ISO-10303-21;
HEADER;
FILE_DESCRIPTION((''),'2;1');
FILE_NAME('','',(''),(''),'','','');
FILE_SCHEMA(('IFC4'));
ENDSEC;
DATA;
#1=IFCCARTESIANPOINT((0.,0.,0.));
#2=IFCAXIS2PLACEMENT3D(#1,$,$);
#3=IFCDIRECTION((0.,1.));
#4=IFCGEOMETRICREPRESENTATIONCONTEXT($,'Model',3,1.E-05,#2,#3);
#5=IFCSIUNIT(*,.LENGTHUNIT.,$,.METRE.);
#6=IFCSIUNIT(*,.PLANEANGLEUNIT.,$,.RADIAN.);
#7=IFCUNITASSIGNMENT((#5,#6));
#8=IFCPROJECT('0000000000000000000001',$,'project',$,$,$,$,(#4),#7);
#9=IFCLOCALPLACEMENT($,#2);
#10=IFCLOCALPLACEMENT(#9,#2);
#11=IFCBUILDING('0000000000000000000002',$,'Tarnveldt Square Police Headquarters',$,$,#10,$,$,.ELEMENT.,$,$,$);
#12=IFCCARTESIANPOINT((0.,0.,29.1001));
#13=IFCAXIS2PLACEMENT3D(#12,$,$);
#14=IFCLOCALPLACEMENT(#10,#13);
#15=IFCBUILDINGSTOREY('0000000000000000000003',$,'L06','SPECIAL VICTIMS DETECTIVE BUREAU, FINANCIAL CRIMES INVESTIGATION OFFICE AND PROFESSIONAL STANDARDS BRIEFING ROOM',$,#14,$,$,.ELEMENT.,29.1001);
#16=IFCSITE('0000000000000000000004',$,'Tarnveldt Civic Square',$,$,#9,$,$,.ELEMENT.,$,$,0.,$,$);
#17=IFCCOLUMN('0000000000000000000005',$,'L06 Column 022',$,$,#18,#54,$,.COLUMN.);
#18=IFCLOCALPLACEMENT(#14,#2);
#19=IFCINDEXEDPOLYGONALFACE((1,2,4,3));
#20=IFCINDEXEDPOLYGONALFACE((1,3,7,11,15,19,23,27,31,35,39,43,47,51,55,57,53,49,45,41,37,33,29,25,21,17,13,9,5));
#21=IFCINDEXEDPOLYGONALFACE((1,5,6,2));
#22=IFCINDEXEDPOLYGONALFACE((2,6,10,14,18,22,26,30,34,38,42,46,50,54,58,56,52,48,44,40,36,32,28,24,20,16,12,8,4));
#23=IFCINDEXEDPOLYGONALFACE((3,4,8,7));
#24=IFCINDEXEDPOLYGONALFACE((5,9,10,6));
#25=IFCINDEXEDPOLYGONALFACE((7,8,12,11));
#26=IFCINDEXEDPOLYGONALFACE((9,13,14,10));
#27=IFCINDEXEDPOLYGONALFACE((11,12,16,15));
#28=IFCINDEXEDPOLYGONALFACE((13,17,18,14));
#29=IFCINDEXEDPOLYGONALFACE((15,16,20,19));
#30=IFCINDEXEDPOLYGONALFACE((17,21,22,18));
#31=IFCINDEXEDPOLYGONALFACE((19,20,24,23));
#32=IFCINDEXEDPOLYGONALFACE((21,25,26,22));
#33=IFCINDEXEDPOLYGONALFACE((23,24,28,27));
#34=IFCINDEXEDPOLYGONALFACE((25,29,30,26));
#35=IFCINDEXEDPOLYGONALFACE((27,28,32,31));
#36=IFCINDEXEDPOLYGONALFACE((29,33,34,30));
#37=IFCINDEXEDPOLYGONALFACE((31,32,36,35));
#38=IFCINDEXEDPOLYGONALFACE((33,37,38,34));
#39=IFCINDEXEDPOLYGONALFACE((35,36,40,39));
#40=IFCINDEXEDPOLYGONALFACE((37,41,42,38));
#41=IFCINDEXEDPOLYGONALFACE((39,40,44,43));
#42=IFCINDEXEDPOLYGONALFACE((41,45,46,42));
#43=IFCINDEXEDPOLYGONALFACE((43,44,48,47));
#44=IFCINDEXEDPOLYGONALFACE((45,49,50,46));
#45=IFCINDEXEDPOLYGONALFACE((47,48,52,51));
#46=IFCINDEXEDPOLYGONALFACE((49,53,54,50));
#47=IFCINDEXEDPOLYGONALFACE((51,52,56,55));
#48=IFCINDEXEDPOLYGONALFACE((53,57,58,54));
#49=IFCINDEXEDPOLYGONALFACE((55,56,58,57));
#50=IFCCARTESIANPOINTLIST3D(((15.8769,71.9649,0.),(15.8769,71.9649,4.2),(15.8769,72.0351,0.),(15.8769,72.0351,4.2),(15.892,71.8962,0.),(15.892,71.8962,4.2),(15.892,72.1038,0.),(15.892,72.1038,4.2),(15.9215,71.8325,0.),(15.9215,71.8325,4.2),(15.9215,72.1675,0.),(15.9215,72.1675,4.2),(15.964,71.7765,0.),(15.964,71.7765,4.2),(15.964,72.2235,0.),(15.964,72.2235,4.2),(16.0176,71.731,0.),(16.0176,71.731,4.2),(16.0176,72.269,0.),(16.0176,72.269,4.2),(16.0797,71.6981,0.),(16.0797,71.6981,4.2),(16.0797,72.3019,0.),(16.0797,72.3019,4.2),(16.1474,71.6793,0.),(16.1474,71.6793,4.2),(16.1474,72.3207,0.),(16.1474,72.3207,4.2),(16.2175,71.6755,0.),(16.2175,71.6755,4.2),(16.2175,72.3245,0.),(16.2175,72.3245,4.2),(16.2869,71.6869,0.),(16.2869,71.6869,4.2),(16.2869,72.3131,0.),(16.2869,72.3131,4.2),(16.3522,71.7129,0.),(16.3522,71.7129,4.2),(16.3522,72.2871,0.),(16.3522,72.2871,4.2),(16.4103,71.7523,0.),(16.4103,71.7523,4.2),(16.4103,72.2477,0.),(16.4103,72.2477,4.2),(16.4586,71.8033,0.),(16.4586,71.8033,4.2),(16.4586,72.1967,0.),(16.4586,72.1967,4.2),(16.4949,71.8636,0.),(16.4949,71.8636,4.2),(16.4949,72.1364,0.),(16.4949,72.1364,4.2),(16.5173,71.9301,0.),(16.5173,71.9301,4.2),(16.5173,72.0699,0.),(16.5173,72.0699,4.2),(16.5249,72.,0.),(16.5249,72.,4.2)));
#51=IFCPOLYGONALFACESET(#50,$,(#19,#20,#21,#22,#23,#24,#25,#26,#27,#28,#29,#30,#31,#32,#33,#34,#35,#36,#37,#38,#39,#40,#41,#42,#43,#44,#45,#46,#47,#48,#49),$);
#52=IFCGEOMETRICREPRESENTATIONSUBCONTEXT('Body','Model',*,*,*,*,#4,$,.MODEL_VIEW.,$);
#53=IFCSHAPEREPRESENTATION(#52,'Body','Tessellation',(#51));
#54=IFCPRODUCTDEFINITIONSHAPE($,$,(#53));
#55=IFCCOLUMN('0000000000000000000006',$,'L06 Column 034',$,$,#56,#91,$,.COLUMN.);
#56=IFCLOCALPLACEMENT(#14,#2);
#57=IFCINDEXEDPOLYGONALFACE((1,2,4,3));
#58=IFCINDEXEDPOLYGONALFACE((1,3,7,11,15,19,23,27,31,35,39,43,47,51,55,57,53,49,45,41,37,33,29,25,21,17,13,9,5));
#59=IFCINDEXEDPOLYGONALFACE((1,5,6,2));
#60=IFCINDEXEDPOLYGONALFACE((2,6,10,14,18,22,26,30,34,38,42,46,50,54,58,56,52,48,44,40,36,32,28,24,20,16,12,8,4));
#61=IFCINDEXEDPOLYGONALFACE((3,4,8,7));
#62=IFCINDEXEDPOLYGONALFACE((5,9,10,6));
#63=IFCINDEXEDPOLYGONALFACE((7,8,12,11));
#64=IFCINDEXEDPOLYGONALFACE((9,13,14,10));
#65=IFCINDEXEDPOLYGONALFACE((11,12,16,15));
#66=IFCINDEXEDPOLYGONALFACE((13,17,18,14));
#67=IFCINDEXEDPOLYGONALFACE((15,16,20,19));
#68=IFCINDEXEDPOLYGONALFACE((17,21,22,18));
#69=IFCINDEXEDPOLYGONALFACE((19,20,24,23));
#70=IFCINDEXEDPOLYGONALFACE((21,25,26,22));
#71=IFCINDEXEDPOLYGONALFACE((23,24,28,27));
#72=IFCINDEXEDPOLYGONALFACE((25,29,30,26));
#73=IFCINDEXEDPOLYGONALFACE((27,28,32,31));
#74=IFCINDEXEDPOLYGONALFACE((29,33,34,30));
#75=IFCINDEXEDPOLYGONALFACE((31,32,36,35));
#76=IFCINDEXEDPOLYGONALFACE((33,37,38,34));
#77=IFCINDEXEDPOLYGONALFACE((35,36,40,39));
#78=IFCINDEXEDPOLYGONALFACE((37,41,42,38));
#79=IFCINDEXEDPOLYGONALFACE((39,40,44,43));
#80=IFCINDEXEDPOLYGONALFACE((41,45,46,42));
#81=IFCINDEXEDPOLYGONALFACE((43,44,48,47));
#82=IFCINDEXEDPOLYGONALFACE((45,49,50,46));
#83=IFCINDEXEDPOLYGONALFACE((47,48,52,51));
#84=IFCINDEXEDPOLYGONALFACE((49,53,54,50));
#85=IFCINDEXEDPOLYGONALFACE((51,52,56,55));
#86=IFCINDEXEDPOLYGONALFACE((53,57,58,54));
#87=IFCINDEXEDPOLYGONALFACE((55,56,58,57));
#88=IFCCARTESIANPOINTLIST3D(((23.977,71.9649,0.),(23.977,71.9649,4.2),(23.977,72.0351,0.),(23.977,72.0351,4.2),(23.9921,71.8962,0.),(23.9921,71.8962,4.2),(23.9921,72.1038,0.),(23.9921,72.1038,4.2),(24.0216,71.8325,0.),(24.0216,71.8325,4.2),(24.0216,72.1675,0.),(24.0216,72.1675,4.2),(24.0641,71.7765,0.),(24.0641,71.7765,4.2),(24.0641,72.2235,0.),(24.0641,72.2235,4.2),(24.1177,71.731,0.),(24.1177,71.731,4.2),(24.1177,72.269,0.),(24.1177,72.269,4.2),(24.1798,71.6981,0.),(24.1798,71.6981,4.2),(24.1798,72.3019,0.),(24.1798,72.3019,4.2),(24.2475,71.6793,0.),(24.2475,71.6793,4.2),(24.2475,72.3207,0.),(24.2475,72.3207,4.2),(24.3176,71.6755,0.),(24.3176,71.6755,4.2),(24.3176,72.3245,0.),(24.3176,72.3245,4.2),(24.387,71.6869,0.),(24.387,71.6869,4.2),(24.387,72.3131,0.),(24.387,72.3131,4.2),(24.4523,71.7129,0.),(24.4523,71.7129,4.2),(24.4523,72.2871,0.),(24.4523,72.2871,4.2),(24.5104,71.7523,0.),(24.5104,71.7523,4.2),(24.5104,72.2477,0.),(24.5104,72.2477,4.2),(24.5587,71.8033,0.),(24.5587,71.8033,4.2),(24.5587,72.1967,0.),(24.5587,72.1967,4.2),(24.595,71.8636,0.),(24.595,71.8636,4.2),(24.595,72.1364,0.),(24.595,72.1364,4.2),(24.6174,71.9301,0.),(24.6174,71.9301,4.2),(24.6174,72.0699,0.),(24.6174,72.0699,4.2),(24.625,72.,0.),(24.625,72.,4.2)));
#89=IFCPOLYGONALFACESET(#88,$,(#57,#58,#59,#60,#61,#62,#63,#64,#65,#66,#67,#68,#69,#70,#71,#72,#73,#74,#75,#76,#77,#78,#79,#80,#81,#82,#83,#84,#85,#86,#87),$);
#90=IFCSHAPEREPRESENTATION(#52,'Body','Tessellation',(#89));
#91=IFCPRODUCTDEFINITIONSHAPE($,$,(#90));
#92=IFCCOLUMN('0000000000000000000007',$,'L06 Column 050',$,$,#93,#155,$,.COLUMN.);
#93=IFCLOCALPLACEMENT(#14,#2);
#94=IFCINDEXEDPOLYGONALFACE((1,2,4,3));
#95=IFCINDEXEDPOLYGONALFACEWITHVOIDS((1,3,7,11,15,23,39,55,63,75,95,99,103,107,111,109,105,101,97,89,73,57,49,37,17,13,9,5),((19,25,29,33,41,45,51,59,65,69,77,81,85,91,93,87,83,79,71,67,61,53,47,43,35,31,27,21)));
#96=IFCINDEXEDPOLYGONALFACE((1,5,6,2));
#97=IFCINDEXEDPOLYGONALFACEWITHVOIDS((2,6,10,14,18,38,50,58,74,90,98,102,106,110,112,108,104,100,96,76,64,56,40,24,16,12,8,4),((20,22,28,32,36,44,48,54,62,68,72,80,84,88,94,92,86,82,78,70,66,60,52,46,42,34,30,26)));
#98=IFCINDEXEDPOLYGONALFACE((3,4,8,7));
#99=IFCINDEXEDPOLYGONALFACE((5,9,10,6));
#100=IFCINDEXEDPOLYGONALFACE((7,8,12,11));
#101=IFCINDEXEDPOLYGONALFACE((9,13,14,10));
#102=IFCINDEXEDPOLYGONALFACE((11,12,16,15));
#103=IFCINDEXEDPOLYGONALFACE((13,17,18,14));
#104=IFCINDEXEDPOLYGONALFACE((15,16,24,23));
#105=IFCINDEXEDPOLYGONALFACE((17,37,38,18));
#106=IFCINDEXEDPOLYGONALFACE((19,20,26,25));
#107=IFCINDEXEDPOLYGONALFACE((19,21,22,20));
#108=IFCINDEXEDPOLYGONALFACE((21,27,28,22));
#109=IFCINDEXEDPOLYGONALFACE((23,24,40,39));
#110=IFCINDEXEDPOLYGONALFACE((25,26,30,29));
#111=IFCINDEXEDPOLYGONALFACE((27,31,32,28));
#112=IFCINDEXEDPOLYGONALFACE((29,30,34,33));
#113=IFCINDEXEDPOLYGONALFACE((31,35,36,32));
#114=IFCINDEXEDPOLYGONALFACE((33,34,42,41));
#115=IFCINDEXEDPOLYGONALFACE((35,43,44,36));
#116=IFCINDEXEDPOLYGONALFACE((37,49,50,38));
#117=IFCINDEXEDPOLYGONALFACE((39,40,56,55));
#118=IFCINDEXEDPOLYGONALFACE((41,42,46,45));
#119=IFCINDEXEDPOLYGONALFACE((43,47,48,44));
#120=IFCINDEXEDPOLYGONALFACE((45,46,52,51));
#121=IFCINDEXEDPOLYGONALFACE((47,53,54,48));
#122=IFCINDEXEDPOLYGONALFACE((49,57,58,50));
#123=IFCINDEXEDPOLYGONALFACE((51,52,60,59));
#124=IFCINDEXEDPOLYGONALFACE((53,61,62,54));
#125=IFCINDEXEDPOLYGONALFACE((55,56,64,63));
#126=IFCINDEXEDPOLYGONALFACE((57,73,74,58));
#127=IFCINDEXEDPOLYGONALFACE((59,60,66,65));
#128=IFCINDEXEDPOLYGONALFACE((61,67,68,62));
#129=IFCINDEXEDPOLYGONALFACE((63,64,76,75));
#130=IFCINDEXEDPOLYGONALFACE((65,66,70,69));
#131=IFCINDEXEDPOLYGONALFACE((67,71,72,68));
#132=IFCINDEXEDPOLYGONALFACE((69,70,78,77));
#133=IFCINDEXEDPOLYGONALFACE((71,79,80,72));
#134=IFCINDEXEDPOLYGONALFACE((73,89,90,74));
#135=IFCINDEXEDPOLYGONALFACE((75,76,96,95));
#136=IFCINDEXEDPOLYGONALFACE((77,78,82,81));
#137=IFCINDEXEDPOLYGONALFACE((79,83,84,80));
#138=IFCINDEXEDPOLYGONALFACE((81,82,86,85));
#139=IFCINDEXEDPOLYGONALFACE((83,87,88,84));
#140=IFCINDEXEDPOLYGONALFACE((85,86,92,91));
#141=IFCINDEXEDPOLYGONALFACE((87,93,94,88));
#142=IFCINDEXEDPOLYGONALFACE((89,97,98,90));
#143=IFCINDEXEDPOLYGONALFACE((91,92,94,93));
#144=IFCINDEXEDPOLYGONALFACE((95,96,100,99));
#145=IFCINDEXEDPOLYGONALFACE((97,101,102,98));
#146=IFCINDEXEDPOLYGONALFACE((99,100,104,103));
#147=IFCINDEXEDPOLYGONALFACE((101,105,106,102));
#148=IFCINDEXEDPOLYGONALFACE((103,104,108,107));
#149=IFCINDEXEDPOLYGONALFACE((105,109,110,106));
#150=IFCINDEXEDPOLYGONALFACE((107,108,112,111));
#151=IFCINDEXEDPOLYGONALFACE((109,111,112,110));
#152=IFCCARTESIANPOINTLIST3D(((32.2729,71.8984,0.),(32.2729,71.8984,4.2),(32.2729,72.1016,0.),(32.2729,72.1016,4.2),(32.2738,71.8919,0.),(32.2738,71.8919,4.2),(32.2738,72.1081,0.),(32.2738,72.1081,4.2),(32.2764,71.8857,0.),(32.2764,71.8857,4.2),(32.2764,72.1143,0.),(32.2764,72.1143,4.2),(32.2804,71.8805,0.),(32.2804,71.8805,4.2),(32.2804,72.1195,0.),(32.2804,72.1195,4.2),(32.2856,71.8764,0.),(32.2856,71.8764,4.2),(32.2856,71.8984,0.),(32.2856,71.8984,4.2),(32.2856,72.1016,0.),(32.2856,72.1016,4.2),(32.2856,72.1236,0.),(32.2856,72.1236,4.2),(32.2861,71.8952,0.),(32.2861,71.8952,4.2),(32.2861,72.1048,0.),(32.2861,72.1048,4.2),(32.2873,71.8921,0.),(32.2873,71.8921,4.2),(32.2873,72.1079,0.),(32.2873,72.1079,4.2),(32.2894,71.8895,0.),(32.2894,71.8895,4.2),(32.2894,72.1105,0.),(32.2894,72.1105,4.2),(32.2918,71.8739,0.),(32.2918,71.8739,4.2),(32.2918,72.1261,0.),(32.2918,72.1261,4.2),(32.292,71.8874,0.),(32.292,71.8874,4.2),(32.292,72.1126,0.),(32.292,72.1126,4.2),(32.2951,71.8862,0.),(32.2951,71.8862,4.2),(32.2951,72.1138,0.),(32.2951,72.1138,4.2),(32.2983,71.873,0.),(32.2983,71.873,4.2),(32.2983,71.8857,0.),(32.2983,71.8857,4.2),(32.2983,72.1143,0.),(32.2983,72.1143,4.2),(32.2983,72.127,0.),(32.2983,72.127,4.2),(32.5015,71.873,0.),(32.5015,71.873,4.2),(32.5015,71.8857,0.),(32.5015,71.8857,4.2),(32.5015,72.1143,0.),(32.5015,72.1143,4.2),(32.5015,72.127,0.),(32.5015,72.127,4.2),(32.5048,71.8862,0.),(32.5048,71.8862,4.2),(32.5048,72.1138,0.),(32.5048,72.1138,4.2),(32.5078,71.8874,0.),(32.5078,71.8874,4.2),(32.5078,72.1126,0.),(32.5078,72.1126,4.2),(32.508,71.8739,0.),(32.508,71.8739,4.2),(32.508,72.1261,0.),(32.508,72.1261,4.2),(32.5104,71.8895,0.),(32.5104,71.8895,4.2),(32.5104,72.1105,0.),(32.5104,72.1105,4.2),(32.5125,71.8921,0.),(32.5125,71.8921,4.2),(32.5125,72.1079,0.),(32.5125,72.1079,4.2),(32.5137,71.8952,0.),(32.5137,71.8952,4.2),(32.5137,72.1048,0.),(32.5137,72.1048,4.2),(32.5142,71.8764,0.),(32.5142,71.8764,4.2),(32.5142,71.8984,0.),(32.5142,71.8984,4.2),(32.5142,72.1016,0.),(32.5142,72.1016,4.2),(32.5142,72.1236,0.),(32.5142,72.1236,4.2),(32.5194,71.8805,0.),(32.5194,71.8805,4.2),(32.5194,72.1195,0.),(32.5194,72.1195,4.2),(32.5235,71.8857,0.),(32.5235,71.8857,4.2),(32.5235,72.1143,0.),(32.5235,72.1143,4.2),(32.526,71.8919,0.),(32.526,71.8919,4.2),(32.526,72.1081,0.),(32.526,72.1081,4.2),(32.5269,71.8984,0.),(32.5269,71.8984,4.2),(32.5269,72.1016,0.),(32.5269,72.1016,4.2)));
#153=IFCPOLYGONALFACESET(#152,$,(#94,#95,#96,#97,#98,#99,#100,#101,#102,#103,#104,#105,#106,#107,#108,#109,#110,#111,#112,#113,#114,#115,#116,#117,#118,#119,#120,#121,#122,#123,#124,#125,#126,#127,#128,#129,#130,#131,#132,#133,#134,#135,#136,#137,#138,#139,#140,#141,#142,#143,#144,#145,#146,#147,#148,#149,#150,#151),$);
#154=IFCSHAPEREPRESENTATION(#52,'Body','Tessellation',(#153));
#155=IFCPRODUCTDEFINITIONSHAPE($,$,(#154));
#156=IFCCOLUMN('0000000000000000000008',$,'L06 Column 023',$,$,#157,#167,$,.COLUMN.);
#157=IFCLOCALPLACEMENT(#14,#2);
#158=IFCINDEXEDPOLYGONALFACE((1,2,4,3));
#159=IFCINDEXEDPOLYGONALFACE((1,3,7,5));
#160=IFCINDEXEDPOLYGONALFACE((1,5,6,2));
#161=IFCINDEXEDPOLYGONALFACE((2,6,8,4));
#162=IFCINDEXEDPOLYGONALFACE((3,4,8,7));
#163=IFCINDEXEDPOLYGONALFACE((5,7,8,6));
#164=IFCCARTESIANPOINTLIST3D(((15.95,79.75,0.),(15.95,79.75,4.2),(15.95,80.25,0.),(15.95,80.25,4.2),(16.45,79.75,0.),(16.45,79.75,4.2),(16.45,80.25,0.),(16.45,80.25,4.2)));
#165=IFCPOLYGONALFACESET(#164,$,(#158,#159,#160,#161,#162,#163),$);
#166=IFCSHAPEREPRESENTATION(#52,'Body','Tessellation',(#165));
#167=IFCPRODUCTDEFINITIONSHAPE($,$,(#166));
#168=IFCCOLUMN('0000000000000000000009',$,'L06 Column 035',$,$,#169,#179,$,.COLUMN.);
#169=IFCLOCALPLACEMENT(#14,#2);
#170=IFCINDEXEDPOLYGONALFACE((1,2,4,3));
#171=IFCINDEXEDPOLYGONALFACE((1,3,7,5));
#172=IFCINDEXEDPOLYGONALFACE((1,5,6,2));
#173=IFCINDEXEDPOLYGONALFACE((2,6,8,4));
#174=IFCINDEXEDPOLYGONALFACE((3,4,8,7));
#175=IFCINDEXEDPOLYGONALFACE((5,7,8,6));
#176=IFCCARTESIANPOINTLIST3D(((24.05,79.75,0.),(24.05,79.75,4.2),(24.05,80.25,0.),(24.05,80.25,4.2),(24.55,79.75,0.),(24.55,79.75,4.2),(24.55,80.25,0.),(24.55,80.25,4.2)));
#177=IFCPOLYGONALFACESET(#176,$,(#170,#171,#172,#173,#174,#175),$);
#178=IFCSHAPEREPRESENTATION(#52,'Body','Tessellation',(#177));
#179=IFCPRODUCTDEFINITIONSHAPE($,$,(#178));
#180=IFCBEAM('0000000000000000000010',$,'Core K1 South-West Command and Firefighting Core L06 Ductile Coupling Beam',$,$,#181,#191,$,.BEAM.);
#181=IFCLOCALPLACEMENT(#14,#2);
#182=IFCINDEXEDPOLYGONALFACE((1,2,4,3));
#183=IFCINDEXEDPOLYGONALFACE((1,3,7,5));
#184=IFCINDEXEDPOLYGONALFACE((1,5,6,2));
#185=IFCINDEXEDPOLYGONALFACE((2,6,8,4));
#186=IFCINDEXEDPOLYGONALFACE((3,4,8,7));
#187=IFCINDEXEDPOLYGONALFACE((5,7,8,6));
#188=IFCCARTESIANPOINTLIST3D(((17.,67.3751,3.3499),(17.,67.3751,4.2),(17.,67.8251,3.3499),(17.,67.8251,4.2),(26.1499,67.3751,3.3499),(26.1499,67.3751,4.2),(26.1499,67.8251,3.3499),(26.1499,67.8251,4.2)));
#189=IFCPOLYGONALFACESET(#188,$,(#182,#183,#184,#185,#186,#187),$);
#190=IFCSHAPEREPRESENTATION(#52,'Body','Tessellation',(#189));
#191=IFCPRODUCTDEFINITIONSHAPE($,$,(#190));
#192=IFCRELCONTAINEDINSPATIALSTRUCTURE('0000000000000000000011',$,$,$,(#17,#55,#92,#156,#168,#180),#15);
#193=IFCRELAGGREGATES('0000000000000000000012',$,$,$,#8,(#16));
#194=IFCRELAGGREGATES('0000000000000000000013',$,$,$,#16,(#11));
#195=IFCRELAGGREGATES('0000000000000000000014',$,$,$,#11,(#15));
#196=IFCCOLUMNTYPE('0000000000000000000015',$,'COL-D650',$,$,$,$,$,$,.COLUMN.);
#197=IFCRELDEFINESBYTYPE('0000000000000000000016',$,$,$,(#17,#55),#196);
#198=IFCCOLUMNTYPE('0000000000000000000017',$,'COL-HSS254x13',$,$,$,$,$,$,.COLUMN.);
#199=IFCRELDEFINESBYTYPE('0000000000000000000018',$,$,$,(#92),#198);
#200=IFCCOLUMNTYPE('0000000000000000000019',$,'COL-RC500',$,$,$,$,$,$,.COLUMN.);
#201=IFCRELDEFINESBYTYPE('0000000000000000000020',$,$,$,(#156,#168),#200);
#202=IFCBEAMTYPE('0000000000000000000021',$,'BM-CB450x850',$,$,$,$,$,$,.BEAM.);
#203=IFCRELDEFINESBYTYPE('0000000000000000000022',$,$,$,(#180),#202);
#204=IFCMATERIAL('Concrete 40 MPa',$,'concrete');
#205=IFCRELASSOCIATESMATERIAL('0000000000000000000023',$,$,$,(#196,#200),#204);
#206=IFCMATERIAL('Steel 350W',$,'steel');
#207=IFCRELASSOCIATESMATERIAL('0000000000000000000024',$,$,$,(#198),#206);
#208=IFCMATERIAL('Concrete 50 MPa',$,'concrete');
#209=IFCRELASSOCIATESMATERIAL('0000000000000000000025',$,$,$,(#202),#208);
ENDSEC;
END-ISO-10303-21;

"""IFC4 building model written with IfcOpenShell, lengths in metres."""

from ifc_helpers import new_model, si_unit, direction, frame, origin, origin_2d, place, context, subcontext, project, spatial, rectangle, hollow_rectangle, circle, extrude, material, material_profile, profile_set, type_object, element, save


model = new_model("IFC4")

# Units and contexts
model_context = context("Model", 3, precision=1e-05, world=origin(), true_north=direction((0.0, 1.0)))
body_context = subcontext(model_context, "Body", "Model", "MODEL_VIEW")
ifc_project = project(units=[si_unit("LENGTHUNIT", "METRE"), si_unit("PLANEANGLEUNIT", "RADIAN")], contexts=[model_context])

# Site, building, storey
site_placement = place(None, origin())
site = spatial("IfcSite", under=ifc_project, at=site_placement, Name="Tarnveldt Civic Square", CompositionType="ELEMENT", RefElevation=0.0)
building_placement = place(site_placement, origin())
building = spatial("IfcBuilding", under=site, at=building_placement, Name="Tarnveldt Square Police Headquarters", CompositionType="ELEMENT")
storey_placement = place(building_placement, frame((0.0, 0.0, 29.1001)))
storey = spatial("IfcBuildingStorey", under=building, at=storey_placement, Name="L06", Description="SPECIAL VICTIMS DETECTIVE BUREAU, FINANCIAL CRIMES INVESTIGATION OFFICE AND PROFESSIONAL STANDARDS BRIEFING ROOM", CompositionType="ELEMENT", Elevation=29.1001)

# Columns
ifc_material_1 = material(Name="Concrete 40 MPa", Category="concrete")
ifc_material_profile_1 = material_profile(ifc_material_1, circle(Radius=0.325, at=origin_2d()), Name="RC-D650")
ifc_profile_set_1 = profile_set([ifc_material_profile_1], Name="Concrete 40 MPa")
column_type_1 = type_object("IfcColumnType", Name="COL-D650", PredefinedType="COLUMN", material=ifc_profile_set_1)
for number, where, z_axis, x_axis, name in (
    (1, (16.2, 72.0, 0.0), (0.0, 0.0, 1.0), (1.0, 0.0, 0.0), "L06 Column 022"),
    (2, (24.3, 72.0, 0.0), (0.0, 0.0, 1.0), (1.0, 0.0, 0.0), "L06 Column 034"),
):
    element("IfcColumn", number, at=place(storey_placement, frame(where, z_axis=z_axis, x_axis=x_axis)), inside=storey, type_object=column_type_1, Name=name, PredefinedType="COLUMN", context=body_context, shape_type="SweptSolid", body=[
        extrude(circle(Radius=0.325, at=origin_2d()), origin(), (0.0, 0.0, 1.0), 4.2),
    ])
ifc_material_2 = material(Name="Steel 350W", Category="steel")
ifc_material_profile_2 = material_profile(ifc_material_2, hollow_rectangle(XDim=0.2539, YDim=0.2539, WallThickness=0.0127, InnerFilletRadius=0.0127, OuterFilletRadius=0.0254, at=origin_2d()), Name="HSS254x254x13")
ifc_profile_set_2 = profile_set([ifc_material_profile_2], Name="Steel 350W")
column_type_2 = type_object("IfcColumnType", Name="COL-HSS254x13", PredefinedType="COLUMN", material=ifc_profile_set_2)
column_placement = place(storey_placement, frame((32.3999, 72.0, 0.0), z_axis=(0.0, 0.0, 1.0), x_axis=(1.0, 0.0, 0.0)))
element("IfcColumn", 3, at=column_placement, inside=storey, type_object=column_type_2, Name="L06 Column 050", PredefinedType="COLUMN", context=body_context, shape_type="SweptSolid", body=[
    extrude(hollow_rectangle(XDim=0.2539, YDim=0.2539, WallThickness=0.0127, InnerFilletRadius=0.0127, OuterFilletRadius=0.0254, at=origin_2d()), origin(), (0.0, 0.0, 1.0), 4.2),
])
ifc_material_profile_3 = material_profile(ifc_material_1, rectangle(XDim=0.5, YDim=0.5, at=origin_2d()), Name="RC-C500x500")
ifc_profile_set_3 = profile_set([ifc_material_profile_3], Name="Concrete 40 MPa")
column_type_3 = type_object("IfcColumnType", Name="COL-RC500", PredefinedType="COLUMN", material=ifc_profile_set_3)
for number, where, z_axis, x_axis, name in (
    (4, (16.2, 80.0, 0.0), (0.0, 0.0, 1.0), (1.0, 0.0, 0.0), "L06 Column 023"),
    (5, (24.3, 80.0, 0.0), (0.0, 0.0, 1.0), (1.0, 0.0, 0.0), "L06 Column 035"),
):
    element("IfcColumn", number, at=place(storey_placement, frame(where, z_axis=z_axis, x_axis=x_axis)), inside=storey, type_object=column_type_3, Name=name, PredefinedType="COLUMN", context=body_context, shape_type="SweptSolid", body=[
        extrude(rectangle(XDim=0.5, YDim=0.5, at=origin_2d()), origin(), (0.0, 0.0, 1.0), 4.2),
    ])

# Beam
ifc_material_3 = material(Name="Concrete 50 MPa", Category="concrete")
ifc_material_profile_4 = material_profile(ifc_material_3, rectangle(XDim=0.45, YDim=0.8501, at=origin_2d()), Name="RC-CB450x850")
ifc_profile_set_4 = profile_set([ifc_material_profile_4], Name="Concrete 50 MPa")
beam_type_1 = type_object("IfcBeamType", Name="BM-CB450x850", PredefinedType="BEAM", material=ifc_profile_set_4)
beam_1_placement = place(storey_placement, frame((17.0, 67.6001, 3.7749), z_axis=(1.0, 0.0, 0.0), x_axis=(0.0, 1.0, 0.0)))
element("IfcBeam", 6, at=beam_1_placement, inside=storey, type_object=beam_type_1, Name="Core K1 South-West Command and Firefighting Core L06 Ductile Coupling Beam", PredefinedType="BEAM", context=body_context, shape_type="SweptSolid", body=[
    extrude(rectangle(XDim=0.45, YDim=0.8501, at=origin_2d()), origin(), (0.0, 0.0, 1.0), 9.1499),
])

save(model, "model.ifc")
